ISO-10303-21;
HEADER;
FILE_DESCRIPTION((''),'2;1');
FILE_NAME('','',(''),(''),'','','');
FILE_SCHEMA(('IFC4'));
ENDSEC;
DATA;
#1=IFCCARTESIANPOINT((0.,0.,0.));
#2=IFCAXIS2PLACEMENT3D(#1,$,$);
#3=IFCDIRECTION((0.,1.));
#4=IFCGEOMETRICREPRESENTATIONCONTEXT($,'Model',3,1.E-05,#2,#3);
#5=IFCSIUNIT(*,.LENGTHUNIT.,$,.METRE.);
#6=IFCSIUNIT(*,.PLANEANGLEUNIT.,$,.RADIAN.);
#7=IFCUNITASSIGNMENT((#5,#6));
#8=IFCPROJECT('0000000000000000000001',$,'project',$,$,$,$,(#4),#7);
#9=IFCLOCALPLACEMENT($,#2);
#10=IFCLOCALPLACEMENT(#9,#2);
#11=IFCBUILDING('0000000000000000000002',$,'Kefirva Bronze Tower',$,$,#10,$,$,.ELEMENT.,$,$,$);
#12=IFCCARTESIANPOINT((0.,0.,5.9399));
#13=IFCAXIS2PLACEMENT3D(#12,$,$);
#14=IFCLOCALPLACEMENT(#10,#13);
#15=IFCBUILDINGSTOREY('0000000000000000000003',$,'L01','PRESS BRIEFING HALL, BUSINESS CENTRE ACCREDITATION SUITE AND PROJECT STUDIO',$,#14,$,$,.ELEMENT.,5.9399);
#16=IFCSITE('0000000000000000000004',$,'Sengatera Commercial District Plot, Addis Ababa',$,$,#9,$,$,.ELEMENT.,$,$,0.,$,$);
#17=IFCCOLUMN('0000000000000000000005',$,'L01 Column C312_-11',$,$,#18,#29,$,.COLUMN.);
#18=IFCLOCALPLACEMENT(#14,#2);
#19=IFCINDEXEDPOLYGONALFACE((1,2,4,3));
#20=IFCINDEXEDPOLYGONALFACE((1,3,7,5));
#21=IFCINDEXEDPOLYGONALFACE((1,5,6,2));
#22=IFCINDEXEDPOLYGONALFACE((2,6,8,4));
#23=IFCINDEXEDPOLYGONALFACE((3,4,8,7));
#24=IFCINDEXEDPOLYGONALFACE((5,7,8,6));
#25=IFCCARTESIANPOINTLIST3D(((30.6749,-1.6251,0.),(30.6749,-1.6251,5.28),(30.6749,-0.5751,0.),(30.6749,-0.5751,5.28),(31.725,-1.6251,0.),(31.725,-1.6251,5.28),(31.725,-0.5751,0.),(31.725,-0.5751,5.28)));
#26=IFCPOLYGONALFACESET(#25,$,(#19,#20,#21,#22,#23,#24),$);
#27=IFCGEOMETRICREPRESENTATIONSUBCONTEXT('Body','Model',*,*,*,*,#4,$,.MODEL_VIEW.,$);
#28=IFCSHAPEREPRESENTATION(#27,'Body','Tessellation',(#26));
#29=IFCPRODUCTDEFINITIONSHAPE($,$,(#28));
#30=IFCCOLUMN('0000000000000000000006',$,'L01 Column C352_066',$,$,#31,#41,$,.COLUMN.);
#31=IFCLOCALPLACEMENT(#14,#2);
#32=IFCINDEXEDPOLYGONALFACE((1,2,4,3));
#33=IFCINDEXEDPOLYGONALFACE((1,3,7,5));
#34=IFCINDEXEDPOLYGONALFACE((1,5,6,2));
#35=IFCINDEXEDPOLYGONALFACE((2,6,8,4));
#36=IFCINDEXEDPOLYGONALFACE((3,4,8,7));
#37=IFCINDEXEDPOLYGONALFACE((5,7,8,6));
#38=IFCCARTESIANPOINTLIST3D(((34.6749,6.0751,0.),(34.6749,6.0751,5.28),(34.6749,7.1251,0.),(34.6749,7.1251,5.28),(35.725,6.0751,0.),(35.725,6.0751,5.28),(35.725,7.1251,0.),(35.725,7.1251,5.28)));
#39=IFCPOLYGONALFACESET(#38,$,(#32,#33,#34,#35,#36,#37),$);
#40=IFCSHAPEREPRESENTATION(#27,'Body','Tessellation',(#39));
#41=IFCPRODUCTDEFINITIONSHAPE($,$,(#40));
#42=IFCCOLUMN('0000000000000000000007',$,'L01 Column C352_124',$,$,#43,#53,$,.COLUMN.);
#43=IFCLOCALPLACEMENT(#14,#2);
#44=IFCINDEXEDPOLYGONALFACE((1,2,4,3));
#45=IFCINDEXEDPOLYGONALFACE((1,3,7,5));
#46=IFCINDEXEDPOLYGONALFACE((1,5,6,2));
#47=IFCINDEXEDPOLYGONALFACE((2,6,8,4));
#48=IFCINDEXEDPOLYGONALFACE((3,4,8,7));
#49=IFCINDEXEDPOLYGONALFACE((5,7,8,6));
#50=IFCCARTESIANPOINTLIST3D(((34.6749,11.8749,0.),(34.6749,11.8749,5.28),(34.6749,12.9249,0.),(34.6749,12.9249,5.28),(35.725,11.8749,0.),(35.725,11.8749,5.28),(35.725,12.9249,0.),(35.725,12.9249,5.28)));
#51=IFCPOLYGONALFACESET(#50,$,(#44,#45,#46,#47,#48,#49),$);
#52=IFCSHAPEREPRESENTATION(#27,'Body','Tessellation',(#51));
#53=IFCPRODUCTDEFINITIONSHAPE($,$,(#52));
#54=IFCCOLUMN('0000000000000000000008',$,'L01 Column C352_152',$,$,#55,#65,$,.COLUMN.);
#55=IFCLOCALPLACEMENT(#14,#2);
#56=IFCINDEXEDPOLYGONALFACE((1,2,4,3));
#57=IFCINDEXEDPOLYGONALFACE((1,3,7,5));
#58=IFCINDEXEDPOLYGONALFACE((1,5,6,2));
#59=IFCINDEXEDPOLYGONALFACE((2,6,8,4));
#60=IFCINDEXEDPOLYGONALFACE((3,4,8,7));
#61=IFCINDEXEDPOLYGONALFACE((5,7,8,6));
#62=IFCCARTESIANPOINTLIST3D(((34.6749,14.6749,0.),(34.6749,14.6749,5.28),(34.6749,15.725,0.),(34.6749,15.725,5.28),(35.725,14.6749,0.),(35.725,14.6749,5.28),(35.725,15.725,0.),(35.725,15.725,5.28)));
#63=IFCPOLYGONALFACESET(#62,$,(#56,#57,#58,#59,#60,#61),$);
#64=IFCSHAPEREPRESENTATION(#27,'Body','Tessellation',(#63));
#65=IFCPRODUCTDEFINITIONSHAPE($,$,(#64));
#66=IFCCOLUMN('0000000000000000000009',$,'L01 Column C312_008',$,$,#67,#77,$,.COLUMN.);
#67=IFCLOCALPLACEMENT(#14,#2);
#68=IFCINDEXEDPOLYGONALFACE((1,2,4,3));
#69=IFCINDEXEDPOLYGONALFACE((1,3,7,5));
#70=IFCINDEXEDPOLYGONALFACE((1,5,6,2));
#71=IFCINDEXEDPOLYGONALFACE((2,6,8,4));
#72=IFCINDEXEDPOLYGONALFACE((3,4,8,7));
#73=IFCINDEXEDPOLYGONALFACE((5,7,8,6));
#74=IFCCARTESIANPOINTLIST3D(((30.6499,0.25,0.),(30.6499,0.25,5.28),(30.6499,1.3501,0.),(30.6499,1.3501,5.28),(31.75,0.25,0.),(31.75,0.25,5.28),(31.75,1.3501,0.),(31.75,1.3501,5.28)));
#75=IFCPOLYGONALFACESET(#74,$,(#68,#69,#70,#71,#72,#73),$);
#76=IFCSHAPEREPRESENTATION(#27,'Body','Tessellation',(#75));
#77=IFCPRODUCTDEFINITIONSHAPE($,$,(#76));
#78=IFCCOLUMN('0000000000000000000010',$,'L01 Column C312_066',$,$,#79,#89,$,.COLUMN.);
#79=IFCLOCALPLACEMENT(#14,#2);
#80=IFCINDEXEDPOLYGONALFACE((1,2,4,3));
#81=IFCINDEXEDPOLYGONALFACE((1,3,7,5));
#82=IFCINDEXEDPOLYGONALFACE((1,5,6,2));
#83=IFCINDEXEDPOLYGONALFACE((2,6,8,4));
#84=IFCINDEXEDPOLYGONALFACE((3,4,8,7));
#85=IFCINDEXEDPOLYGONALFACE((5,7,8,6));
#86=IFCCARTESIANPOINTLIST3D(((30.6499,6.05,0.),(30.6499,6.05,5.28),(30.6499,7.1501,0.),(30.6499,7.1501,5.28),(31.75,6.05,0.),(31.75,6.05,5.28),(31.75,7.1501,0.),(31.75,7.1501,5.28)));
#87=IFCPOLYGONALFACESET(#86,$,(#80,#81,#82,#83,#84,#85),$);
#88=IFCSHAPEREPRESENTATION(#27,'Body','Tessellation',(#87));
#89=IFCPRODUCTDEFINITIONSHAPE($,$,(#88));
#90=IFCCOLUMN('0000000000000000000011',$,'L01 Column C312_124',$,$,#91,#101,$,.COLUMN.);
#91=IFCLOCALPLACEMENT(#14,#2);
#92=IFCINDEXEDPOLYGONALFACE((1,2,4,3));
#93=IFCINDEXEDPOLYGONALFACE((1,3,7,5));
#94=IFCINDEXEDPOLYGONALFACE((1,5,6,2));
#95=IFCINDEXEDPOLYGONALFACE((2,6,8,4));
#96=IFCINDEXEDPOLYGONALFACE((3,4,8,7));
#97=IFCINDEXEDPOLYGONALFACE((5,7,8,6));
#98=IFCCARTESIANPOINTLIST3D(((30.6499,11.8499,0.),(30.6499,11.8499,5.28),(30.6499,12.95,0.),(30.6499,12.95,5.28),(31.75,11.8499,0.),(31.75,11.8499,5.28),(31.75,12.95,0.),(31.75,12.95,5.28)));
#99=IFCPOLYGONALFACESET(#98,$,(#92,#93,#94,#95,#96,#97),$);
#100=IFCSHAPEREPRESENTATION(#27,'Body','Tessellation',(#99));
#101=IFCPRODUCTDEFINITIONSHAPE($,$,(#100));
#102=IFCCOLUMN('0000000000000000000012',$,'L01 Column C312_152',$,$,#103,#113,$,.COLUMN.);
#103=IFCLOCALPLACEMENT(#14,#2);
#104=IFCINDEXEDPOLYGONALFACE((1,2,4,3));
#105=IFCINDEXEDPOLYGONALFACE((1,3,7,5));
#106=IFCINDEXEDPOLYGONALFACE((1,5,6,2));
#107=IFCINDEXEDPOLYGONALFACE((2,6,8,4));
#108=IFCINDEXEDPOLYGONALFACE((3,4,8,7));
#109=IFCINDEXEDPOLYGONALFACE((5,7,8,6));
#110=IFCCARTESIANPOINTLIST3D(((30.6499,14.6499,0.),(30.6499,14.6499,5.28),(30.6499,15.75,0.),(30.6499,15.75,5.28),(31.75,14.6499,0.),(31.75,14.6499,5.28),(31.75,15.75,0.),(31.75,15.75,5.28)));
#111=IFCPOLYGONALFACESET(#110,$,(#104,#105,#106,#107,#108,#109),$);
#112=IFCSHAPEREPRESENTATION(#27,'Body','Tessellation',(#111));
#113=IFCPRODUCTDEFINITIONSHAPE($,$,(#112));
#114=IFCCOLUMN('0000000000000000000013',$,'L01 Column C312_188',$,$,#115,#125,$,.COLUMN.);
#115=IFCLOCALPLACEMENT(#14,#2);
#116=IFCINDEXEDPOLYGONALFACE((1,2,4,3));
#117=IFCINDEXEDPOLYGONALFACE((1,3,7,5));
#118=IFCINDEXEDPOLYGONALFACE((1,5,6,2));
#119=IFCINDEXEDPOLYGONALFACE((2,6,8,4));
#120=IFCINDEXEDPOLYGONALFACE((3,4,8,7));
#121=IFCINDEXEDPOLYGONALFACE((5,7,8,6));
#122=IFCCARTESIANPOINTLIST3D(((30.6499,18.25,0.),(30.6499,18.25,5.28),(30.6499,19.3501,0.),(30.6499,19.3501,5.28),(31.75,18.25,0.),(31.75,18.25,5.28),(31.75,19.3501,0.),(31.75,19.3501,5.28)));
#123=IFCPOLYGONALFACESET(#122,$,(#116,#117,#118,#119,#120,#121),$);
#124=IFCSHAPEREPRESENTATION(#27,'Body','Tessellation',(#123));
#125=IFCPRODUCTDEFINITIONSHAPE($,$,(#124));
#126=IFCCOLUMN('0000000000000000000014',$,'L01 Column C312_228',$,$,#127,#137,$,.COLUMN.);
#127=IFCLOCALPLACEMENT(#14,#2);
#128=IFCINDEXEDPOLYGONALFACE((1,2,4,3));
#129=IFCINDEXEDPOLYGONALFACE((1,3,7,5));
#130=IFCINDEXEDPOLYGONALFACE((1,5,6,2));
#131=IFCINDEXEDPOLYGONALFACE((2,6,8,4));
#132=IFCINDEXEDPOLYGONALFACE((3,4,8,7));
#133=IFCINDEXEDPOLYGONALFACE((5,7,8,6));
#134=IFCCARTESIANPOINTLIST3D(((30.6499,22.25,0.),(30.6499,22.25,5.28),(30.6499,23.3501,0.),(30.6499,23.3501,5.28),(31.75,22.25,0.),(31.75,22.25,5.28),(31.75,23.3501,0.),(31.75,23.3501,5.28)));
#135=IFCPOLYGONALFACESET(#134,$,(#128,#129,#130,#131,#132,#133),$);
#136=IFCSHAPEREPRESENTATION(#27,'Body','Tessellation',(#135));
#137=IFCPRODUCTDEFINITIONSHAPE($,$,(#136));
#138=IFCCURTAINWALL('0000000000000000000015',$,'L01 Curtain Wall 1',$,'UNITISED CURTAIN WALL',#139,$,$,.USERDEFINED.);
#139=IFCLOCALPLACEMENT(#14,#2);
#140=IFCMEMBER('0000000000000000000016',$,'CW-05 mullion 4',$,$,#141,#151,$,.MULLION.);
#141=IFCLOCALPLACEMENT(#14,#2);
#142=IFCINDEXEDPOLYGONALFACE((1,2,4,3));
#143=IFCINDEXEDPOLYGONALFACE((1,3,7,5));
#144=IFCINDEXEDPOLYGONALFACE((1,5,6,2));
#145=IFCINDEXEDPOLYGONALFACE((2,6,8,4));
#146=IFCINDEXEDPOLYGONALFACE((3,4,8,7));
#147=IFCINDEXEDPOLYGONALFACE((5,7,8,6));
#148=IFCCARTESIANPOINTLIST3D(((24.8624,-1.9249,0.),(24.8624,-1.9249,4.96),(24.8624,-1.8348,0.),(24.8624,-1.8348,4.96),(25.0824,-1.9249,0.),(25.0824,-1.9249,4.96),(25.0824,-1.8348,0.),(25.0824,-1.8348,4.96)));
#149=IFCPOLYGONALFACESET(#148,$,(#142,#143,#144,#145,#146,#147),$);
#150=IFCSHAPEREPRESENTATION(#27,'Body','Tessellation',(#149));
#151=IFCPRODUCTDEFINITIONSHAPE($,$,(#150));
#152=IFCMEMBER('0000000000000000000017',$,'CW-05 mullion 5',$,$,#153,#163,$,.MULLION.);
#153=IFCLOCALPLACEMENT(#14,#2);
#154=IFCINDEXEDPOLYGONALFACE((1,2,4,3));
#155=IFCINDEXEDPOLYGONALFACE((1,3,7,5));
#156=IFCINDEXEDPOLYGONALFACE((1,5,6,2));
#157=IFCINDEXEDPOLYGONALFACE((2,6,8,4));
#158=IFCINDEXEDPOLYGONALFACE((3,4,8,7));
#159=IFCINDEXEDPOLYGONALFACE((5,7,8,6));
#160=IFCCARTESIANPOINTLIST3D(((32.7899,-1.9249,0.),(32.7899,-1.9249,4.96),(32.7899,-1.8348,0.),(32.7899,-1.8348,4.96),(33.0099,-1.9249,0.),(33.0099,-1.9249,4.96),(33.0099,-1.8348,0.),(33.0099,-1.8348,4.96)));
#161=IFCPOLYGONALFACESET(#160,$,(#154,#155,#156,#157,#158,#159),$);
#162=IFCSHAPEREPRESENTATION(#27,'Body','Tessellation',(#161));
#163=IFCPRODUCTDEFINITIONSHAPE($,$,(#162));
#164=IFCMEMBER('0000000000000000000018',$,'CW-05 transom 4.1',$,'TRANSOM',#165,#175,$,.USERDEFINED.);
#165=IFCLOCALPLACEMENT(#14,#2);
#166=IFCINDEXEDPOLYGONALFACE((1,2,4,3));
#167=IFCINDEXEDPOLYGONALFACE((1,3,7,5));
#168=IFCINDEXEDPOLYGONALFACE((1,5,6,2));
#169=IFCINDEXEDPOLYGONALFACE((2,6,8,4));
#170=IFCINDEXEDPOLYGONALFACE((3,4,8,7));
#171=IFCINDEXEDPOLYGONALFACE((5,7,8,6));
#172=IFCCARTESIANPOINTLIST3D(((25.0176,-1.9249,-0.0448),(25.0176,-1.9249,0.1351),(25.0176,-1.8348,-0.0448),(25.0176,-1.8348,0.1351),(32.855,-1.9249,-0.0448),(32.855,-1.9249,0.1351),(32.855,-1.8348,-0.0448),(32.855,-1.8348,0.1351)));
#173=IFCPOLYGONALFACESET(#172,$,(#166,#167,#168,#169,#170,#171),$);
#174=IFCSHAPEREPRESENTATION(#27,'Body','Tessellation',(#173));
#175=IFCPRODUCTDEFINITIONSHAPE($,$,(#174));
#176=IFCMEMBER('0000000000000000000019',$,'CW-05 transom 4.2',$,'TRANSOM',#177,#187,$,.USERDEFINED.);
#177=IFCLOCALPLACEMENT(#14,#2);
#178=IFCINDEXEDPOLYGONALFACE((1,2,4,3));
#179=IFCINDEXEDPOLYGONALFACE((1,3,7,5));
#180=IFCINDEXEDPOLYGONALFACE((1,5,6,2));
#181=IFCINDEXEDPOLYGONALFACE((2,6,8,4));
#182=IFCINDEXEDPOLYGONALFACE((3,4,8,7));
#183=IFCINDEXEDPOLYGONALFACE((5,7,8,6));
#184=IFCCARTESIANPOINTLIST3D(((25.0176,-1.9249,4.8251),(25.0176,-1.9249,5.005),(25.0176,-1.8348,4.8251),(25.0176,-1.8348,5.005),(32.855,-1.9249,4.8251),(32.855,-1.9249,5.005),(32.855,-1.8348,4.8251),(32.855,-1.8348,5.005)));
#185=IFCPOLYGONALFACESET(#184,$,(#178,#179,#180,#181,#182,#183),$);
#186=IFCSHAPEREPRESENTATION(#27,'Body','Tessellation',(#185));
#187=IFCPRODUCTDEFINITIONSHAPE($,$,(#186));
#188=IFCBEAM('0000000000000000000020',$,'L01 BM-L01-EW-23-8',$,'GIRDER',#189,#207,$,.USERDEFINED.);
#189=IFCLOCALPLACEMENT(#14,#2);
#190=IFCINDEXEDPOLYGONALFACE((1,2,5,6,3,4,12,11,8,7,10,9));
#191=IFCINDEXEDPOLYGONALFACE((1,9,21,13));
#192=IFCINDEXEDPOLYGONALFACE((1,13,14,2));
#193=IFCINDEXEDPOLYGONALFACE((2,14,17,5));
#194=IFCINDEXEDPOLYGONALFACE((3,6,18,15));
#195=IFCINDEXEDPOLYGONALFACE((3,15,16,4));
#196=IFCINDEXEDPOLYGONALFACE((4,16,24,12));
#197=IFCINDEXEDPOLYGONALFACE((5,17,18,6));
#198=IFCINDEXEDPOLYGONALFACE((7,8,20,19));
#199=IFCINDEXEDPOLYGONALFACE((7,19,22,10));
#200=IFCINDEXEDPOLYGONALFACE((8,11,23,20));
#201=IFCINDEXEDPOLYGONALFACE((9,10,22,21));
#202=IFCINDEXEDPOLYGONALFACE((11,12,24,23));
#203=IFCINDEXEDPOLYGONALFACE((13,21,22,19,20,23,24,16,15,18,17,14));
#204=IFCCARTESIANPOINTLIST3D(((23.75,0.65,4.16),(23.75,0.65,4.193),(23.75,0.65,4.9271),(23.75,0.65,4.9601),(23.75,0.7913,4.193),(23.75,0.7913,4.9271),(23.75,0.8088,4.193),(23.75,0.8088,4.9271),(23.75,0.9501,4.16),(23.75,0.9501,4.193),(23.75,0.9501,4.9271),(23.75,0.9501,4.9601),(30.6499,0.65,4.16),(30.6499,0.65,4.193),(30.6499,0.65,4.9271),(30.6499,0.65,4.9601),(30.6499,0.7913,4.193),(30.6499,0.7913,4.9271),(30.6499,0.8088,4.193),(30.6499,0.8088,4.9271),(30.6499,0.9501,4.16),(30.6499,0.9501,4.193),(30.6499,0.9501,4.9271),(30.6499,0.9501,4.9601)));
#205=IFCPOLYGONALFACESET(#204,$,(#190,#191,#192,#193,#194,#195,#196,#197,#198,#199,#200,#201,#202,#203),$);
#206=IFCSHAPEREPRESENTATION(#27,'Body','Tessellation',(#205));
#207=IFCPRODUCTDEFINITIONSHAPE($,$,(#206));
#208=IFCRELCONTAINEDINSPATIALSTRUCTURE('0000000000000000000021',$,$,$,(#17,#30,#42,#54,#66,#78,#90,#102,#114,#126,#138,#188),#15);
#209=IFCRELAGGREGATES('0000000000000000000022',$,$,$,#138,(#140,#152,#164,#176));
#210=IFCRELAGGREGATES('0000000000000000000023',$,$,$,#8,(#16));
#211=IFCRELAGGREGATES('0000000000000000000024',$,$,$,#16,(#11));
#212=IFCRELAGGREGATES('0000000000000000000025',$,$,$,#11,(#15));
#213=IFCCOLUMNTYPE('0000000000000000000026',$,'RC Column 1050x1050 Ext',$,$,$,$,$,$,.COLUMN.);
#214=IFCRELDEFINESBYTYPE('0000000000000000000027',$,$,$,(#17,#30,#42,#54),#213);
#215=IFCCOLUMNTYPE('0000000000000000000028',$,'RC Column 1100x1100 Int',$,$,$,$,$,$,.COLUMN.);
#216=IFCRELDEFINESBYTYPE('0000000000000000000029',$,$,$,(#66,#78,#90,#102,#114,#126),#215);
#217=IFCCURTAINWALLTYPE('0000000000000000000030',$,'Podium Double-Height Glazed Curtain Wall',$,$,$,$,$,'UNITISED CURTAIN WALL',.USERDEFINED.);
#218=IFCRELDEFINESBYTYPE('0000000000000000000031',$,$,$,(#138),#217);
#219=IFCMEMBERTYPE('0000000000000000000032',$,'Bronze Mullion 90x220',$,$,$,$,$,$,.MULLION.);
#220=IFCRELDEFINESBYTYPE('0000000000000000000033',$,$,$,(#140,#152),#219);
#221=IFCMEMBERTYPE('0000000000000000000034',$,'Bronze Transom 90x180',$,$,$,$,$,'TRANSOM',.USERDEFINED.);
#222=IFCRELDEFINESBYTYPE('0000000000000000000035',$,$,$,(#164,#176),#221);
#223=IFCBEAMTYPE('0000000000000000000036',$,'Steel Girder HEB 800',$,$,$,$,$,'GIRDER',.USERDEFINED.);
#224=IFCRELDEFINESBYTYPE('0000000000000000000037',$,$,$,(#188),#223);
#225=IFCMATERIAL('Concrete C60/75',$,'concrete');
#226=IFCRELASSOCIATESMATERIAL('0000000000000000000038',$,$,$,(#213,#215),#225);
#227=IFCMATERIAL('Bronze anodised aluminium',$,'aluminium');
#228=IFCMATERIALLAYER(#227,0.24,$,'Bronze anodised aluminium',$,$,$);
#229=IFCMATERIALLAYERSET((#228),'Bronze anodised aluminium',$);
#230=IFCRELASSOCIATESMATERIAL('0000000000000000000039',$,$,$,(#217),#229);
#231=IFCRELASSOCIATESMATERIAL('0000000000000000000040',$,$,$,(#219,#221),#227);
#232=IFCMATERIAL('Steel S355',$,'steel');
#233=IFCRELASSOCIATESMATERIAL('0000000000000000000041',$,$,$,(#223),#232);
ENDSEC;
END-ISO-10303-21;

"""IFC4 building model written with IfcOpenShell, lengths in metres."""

from ifc_helpers import new_model, si_unit, direction, frame, origin, origin_2d, place, context, subcontext, project, spatial, rectangle, i_section, extrude, material, layer, layer_set, material_profile, profile_set, type_object, element, aggregate, save


model = new_model("IFC4")

# Units and contexts
model_context = context("Model", 3, precision=1e-05, world=origin(), true_north=direction((0.0, 1.0)))
body_context = subcontext(model_context, "Body", "Model", "MODEL_VIEW")
ifc_project = project(units=[si_unit("LENGTHUNIT", "METRE"), si_unit("PLANEANGLEUNIT", "RADIAN")], contexts=[model_context])

# Site, building, storey
site_placement = place(None, origin())
site = spatial("IfcSite", under=ifc_project, at=site_placement, Name="Sengatera Commercial District Plot, Addis Ababa", CompositionType="ELEMENT", RefElevation=0.0)
building_placement = place(site_placement, origin())
building = spatial("IfcBuilding", under=site, at=building_placement, Name="Kefirva Bronze Tower", CompositionType="ELEMENT")
storey_placement = place(building_placement, frame((0.0, 0.0, 5.9399)))
storey = spatial("IfcBuildingStorey", under=building, at=storey_placement, Name="L01", Description="PRESS BRIEFING HALL, BUSINESS CENTRE ACCREDITATION SUITE AND PROJECT STUDIO", CompositionType="ELEMENT", Elevation=5.9399)

# Columns
ifc_material_1 = material(Name="Concrete C60/75", Category="concrete")
ifc_material_profile_1 = material_profile(ifc_material_1, rectangle(XDim=1.05, YDim=1.05, at=origin_2d()), Name="RC 1050x1050")
ifc_profile_set_1 = profile_set([ifc_material_profile_1], Name="Concrete C60/75")
column_type_1 = type_object("IfcColumnType", Name="RC Column 1050x1050 Ext", PredefinedType="COLUMN", material=ifc_profile_set_1)
for number, where, z_axis, x_axis, name in (
    (1, (31.2, -1.1001, 0.0), (0.0, 0.0, 1.0), (1.0, 0.0, 0.0), "L01 Column C312_-11"),
    (2, (35.2, 6.6001, 0.0), (0.0, 0.0, 1.0), (1.0, 0.0, 0.0), "L01 Column C352_066"),
    (3, (35.2, 12.3999, 0.0), (0.0, 0.0, 1.0), (1.0, 0.0, 0.0), "L01 Column C352_124"),
    (4, (35.2, 15.2, 0.0), (0.0, 0.0, 1.0), (1.0, 0.0, 0.0), "L01 Column C352_152"),
):
    element("IfcColumn", number, at=place(storey_placement, frame(where, z_axis=z_axis, x_axis=x_axis)), inside=storey, type_object=column_type_1, Name=name, PredefinedType="COLUMN", context=body_context, shape_type="SweptSolid", body=[
        extrude(rectangle(XDim=1.05, YDim=1.05, at=origin_2d()), origin(), (0.0, 0.0, 1.0), 5.28),
    ])
ifc_material_profile_2 = material_profile(ifc_material_1, rectangle(XDim=1.1001, YDim=1.1001, at=origin_2d()), Name="RC 1100x1100")
ifc_profile_set_2 = profile_set([ifc_material_profile_2], Name="Concrete C60/75")
column_type_2 = type_object("IfcColumnType", Name="RC Column 1100x1100 Int", PredefinedType="COLUMN", material=ifc_profile_set_2)
for number, where, z_axis, x_axis, name in (
    (5, (31.2, 0.8, 0.0), (0.0, 0.0, 1.0), (1.0, 0.0, 0.0), "L01 Column C312_008"),
    (6, (31.2, 6.6001, 0.0), (0.0, 0.0, 1.0), (1.0, 0.0, 0.0), "L01 Column C312_066"),
    (7, (31.2, 12.3999, 0.0), (0.0, 0.0, 1.0), (1.0, 0.0, 0.0), "L01 Column C312_124"),
    (8, (31.2, 15.2, 0.0), (0.0, 0.0, 1.0), (1.0, 0.0, 0.0), "L01 Column C312_152"),
    (9, (31.2, 18.8, 0.0), (0.0, 0.0, 1.0), (1.0, 0.0, 0.0), "L01 Column C312_188"),
    (10, (31.2, 22.8, 0.0), (0.0, 0.0, 1.0), (1.0, 0.0, 0.0), "L01 Column C312_228"),
):
    element("IfcColumn", number, at=place(storey_placement, frame(where, z_axis=z_axis, x_axis=x_axis)), inside=storey, type_object=column_type_2, Name=name, PredefinedType="COLUMN", context=body_context, shape_type="SweptSolid", body=[
        extrude(rectangle(XDim=1.1001, YDim=1.1001, at=origin_2d()), origin(), (0.0, 0.0, 1.0), 5.28),
    ])

# Curtain wall, members
ifc_material_2 = material(Name="Bronze anodised aluminium", Category="aluminium")
ifc_layer_1 = layer(ifc_material_2, 0.24, Name="Bronze anodised aluminium")
ifc_layer_set_1 = layer_set([ifc_layer_1], Name="Bronze anodised aluminium")
curtain_wall_type = type_object("IfcCurtainWallType", Name="Podium Double-Height Glazed Curtain Wall", ElementType="UNITISED CURTAIN WALL", PredefinedType="USERDEFINED", material=ifc_layer_set_1)
curtain_wall_placement = place(storey_placement, origin())
curtain_wall = element("IfcCurtainWall", 11, at=curtain_wall_placement, inside=storey, type_object=curtain_wall_type, Name="L01 Curtain Wall 1", ObjectType="UNITISED CURTAIN WALL", PredefinedType="USERDEFINED")
ifc_material_profile_3 = material_profile(ifc_material_2, rectangle(XDim=0.0901, YDim=0.22, at=origin_2d()), Name="ALU 90x220")
ifc_profile_set_3 = profile_set([ifc_material_profile_3], Name="Bronze anodised aluminium")
member_type_1 = type_object("IfcMemberType", Name="Bronze Mullion 90x220", PredefinedType="MULLION", material=ifc_profile_set_3)
member_1_placement = place(storey_placement, frame((24.9724, -1.8799, 0.0), z_axis=(0.0, 0.0, 1.0), x_axis=(0.0, 1.0, 0.0)))
member_1 = element("IfcMember", 12, at=member_1_placement, type_object=member_type_1, Name="CW-05 mullion 4", PredefinedType="MULLION", context=body_context, shape_type="SweptSolid", body=[
    extrude(rectangle(XDim=0.0901, YDim=0.22, at=origin_2d()), origin(), (0.0, 0.0, 1.0), 4.96),
])
member_2_placement = place(storey_placement, frame((32.8999, -1.8799, 0.0), z_axis=(0.0, 0.0, 1.0), x_axis=(0.0, 1.0, 0.0)))
member_2 = element("IfcMember", 13, at=member_2_placement, type_object=member_type_1, Name="CW-05 mullion 5", PredefinedType="MULLION", context=body_context, shape_type="SweptSolid", body=[
    extrude(rectangle(XDim=0.0901, YDim=0.22, at=origin_2d()), origin(), (0.0, 0.0, 1.0), 4.96),
])
ifc_material_profile_4 = material_profile(ifc_material_2, rectangle(XDim=0.0901, YDim=0.1799, at=origin_2d()), Name="ALU 90x180")
ifc_profile_set_4 = profile_set([ifc_material_profile_4], Name="Bronze anodised aluminium")
member_type_2 = type_object("IfcMemberType", Name="Bronze Transom 90x180", ElementType="TRANSOM", PredefinedType="USERDEFINED", material=ifc_profile_set_4)
member_3_placement = place(storey_placement, frame((25.0176, -1.8799, 0.0452), z_axis=(1.0, 0.0, 0.0), x_axis=(0.0, 1.0, 0.0)))
member_3 = element("IfcMember", 14, at=member_3_placement, type_object=member_type_2, Name="CW-05 transom 4.1", ObjectType="TRANSOM", PredefinedType="USERDEFINED", context=body_context, shape_type="SweptSolid", body=[
    extrude(rectangle(XDim=0.0901, YDim=0.1799, at=origin_2d()), origin(), (0.0, 0.0, 1.0), 7.8374),
])
member_4_placement = place(storey_placement, frame((25.0176, -1.8799, 4.915), z_axis=(1.0, 0.0, 0.0), x_axis=(0.0, 1.0, 0.0)))
member_4 = element("IfcMember", 15, at=member_4_placement, type_object=member_type_2, Name="CW-05 transom 4.2", ObjectType="TRANSOM", PredefinedType="USERDEFINED", context=body_context, shape_type="SweptSolid", body=[
    extrude(rectangle(XDim=0.0901, YDim=0.1799, at=origin_2d()), origin(), (0.0, 0.0, 1.0), 7.8374),
])

# Beam
ifc_material_3 = material(Name="Steel S355", Category="steel")
ifc_material_profile_5 = material_profile(ifc_material_3, i_section(OverallWidth=0.3, OverallDepth=0.8, WebThickness=0.0176, FlangeThickness=0.033, at=origin_2d()), Name="HEB 800")
ifc_profile_set_5 = profile_set([ifc_material_profile_5], Name="Steel S355")
beam_type_1 = type_object("IfcBeamType", Name="Steel Girder HEB 800", ElementType="GIRDER", PredefinedType="USERDEFINED", material=ifc_profile_set_5)
for number, where, z_axis, x_axis, name in (
    (16, (23.75, 0.8, 4.5601), (1.0, 0.0, 0.0), (0.0, 1.0, 0.0), "L01 BM-L01-EW-23-8"),
):
    element("IfcBeam", number, at=place(storey_placement, frame(where, z_axis=z_axis, x_axis=x_axis)), inside=storey, type_object=beam_type_1, Name=name, ObjectType="GIRDER", PredefinedType="USERDEFINED", context=body_context, shape_type="SweptSolid", body=[
        extrude(i_section(OverallWidth=0.3, OverallDepth=0.8, WebThickness=0.0176, FlangeThickness=0.033, at=origin_2d()), origin(), (0.0, 0.0, 1.0), 6.8999),
    ])

aggregate(curtain_wall, [member_1, member_2, member_3, member_4])

save(model, "model.ifc")
